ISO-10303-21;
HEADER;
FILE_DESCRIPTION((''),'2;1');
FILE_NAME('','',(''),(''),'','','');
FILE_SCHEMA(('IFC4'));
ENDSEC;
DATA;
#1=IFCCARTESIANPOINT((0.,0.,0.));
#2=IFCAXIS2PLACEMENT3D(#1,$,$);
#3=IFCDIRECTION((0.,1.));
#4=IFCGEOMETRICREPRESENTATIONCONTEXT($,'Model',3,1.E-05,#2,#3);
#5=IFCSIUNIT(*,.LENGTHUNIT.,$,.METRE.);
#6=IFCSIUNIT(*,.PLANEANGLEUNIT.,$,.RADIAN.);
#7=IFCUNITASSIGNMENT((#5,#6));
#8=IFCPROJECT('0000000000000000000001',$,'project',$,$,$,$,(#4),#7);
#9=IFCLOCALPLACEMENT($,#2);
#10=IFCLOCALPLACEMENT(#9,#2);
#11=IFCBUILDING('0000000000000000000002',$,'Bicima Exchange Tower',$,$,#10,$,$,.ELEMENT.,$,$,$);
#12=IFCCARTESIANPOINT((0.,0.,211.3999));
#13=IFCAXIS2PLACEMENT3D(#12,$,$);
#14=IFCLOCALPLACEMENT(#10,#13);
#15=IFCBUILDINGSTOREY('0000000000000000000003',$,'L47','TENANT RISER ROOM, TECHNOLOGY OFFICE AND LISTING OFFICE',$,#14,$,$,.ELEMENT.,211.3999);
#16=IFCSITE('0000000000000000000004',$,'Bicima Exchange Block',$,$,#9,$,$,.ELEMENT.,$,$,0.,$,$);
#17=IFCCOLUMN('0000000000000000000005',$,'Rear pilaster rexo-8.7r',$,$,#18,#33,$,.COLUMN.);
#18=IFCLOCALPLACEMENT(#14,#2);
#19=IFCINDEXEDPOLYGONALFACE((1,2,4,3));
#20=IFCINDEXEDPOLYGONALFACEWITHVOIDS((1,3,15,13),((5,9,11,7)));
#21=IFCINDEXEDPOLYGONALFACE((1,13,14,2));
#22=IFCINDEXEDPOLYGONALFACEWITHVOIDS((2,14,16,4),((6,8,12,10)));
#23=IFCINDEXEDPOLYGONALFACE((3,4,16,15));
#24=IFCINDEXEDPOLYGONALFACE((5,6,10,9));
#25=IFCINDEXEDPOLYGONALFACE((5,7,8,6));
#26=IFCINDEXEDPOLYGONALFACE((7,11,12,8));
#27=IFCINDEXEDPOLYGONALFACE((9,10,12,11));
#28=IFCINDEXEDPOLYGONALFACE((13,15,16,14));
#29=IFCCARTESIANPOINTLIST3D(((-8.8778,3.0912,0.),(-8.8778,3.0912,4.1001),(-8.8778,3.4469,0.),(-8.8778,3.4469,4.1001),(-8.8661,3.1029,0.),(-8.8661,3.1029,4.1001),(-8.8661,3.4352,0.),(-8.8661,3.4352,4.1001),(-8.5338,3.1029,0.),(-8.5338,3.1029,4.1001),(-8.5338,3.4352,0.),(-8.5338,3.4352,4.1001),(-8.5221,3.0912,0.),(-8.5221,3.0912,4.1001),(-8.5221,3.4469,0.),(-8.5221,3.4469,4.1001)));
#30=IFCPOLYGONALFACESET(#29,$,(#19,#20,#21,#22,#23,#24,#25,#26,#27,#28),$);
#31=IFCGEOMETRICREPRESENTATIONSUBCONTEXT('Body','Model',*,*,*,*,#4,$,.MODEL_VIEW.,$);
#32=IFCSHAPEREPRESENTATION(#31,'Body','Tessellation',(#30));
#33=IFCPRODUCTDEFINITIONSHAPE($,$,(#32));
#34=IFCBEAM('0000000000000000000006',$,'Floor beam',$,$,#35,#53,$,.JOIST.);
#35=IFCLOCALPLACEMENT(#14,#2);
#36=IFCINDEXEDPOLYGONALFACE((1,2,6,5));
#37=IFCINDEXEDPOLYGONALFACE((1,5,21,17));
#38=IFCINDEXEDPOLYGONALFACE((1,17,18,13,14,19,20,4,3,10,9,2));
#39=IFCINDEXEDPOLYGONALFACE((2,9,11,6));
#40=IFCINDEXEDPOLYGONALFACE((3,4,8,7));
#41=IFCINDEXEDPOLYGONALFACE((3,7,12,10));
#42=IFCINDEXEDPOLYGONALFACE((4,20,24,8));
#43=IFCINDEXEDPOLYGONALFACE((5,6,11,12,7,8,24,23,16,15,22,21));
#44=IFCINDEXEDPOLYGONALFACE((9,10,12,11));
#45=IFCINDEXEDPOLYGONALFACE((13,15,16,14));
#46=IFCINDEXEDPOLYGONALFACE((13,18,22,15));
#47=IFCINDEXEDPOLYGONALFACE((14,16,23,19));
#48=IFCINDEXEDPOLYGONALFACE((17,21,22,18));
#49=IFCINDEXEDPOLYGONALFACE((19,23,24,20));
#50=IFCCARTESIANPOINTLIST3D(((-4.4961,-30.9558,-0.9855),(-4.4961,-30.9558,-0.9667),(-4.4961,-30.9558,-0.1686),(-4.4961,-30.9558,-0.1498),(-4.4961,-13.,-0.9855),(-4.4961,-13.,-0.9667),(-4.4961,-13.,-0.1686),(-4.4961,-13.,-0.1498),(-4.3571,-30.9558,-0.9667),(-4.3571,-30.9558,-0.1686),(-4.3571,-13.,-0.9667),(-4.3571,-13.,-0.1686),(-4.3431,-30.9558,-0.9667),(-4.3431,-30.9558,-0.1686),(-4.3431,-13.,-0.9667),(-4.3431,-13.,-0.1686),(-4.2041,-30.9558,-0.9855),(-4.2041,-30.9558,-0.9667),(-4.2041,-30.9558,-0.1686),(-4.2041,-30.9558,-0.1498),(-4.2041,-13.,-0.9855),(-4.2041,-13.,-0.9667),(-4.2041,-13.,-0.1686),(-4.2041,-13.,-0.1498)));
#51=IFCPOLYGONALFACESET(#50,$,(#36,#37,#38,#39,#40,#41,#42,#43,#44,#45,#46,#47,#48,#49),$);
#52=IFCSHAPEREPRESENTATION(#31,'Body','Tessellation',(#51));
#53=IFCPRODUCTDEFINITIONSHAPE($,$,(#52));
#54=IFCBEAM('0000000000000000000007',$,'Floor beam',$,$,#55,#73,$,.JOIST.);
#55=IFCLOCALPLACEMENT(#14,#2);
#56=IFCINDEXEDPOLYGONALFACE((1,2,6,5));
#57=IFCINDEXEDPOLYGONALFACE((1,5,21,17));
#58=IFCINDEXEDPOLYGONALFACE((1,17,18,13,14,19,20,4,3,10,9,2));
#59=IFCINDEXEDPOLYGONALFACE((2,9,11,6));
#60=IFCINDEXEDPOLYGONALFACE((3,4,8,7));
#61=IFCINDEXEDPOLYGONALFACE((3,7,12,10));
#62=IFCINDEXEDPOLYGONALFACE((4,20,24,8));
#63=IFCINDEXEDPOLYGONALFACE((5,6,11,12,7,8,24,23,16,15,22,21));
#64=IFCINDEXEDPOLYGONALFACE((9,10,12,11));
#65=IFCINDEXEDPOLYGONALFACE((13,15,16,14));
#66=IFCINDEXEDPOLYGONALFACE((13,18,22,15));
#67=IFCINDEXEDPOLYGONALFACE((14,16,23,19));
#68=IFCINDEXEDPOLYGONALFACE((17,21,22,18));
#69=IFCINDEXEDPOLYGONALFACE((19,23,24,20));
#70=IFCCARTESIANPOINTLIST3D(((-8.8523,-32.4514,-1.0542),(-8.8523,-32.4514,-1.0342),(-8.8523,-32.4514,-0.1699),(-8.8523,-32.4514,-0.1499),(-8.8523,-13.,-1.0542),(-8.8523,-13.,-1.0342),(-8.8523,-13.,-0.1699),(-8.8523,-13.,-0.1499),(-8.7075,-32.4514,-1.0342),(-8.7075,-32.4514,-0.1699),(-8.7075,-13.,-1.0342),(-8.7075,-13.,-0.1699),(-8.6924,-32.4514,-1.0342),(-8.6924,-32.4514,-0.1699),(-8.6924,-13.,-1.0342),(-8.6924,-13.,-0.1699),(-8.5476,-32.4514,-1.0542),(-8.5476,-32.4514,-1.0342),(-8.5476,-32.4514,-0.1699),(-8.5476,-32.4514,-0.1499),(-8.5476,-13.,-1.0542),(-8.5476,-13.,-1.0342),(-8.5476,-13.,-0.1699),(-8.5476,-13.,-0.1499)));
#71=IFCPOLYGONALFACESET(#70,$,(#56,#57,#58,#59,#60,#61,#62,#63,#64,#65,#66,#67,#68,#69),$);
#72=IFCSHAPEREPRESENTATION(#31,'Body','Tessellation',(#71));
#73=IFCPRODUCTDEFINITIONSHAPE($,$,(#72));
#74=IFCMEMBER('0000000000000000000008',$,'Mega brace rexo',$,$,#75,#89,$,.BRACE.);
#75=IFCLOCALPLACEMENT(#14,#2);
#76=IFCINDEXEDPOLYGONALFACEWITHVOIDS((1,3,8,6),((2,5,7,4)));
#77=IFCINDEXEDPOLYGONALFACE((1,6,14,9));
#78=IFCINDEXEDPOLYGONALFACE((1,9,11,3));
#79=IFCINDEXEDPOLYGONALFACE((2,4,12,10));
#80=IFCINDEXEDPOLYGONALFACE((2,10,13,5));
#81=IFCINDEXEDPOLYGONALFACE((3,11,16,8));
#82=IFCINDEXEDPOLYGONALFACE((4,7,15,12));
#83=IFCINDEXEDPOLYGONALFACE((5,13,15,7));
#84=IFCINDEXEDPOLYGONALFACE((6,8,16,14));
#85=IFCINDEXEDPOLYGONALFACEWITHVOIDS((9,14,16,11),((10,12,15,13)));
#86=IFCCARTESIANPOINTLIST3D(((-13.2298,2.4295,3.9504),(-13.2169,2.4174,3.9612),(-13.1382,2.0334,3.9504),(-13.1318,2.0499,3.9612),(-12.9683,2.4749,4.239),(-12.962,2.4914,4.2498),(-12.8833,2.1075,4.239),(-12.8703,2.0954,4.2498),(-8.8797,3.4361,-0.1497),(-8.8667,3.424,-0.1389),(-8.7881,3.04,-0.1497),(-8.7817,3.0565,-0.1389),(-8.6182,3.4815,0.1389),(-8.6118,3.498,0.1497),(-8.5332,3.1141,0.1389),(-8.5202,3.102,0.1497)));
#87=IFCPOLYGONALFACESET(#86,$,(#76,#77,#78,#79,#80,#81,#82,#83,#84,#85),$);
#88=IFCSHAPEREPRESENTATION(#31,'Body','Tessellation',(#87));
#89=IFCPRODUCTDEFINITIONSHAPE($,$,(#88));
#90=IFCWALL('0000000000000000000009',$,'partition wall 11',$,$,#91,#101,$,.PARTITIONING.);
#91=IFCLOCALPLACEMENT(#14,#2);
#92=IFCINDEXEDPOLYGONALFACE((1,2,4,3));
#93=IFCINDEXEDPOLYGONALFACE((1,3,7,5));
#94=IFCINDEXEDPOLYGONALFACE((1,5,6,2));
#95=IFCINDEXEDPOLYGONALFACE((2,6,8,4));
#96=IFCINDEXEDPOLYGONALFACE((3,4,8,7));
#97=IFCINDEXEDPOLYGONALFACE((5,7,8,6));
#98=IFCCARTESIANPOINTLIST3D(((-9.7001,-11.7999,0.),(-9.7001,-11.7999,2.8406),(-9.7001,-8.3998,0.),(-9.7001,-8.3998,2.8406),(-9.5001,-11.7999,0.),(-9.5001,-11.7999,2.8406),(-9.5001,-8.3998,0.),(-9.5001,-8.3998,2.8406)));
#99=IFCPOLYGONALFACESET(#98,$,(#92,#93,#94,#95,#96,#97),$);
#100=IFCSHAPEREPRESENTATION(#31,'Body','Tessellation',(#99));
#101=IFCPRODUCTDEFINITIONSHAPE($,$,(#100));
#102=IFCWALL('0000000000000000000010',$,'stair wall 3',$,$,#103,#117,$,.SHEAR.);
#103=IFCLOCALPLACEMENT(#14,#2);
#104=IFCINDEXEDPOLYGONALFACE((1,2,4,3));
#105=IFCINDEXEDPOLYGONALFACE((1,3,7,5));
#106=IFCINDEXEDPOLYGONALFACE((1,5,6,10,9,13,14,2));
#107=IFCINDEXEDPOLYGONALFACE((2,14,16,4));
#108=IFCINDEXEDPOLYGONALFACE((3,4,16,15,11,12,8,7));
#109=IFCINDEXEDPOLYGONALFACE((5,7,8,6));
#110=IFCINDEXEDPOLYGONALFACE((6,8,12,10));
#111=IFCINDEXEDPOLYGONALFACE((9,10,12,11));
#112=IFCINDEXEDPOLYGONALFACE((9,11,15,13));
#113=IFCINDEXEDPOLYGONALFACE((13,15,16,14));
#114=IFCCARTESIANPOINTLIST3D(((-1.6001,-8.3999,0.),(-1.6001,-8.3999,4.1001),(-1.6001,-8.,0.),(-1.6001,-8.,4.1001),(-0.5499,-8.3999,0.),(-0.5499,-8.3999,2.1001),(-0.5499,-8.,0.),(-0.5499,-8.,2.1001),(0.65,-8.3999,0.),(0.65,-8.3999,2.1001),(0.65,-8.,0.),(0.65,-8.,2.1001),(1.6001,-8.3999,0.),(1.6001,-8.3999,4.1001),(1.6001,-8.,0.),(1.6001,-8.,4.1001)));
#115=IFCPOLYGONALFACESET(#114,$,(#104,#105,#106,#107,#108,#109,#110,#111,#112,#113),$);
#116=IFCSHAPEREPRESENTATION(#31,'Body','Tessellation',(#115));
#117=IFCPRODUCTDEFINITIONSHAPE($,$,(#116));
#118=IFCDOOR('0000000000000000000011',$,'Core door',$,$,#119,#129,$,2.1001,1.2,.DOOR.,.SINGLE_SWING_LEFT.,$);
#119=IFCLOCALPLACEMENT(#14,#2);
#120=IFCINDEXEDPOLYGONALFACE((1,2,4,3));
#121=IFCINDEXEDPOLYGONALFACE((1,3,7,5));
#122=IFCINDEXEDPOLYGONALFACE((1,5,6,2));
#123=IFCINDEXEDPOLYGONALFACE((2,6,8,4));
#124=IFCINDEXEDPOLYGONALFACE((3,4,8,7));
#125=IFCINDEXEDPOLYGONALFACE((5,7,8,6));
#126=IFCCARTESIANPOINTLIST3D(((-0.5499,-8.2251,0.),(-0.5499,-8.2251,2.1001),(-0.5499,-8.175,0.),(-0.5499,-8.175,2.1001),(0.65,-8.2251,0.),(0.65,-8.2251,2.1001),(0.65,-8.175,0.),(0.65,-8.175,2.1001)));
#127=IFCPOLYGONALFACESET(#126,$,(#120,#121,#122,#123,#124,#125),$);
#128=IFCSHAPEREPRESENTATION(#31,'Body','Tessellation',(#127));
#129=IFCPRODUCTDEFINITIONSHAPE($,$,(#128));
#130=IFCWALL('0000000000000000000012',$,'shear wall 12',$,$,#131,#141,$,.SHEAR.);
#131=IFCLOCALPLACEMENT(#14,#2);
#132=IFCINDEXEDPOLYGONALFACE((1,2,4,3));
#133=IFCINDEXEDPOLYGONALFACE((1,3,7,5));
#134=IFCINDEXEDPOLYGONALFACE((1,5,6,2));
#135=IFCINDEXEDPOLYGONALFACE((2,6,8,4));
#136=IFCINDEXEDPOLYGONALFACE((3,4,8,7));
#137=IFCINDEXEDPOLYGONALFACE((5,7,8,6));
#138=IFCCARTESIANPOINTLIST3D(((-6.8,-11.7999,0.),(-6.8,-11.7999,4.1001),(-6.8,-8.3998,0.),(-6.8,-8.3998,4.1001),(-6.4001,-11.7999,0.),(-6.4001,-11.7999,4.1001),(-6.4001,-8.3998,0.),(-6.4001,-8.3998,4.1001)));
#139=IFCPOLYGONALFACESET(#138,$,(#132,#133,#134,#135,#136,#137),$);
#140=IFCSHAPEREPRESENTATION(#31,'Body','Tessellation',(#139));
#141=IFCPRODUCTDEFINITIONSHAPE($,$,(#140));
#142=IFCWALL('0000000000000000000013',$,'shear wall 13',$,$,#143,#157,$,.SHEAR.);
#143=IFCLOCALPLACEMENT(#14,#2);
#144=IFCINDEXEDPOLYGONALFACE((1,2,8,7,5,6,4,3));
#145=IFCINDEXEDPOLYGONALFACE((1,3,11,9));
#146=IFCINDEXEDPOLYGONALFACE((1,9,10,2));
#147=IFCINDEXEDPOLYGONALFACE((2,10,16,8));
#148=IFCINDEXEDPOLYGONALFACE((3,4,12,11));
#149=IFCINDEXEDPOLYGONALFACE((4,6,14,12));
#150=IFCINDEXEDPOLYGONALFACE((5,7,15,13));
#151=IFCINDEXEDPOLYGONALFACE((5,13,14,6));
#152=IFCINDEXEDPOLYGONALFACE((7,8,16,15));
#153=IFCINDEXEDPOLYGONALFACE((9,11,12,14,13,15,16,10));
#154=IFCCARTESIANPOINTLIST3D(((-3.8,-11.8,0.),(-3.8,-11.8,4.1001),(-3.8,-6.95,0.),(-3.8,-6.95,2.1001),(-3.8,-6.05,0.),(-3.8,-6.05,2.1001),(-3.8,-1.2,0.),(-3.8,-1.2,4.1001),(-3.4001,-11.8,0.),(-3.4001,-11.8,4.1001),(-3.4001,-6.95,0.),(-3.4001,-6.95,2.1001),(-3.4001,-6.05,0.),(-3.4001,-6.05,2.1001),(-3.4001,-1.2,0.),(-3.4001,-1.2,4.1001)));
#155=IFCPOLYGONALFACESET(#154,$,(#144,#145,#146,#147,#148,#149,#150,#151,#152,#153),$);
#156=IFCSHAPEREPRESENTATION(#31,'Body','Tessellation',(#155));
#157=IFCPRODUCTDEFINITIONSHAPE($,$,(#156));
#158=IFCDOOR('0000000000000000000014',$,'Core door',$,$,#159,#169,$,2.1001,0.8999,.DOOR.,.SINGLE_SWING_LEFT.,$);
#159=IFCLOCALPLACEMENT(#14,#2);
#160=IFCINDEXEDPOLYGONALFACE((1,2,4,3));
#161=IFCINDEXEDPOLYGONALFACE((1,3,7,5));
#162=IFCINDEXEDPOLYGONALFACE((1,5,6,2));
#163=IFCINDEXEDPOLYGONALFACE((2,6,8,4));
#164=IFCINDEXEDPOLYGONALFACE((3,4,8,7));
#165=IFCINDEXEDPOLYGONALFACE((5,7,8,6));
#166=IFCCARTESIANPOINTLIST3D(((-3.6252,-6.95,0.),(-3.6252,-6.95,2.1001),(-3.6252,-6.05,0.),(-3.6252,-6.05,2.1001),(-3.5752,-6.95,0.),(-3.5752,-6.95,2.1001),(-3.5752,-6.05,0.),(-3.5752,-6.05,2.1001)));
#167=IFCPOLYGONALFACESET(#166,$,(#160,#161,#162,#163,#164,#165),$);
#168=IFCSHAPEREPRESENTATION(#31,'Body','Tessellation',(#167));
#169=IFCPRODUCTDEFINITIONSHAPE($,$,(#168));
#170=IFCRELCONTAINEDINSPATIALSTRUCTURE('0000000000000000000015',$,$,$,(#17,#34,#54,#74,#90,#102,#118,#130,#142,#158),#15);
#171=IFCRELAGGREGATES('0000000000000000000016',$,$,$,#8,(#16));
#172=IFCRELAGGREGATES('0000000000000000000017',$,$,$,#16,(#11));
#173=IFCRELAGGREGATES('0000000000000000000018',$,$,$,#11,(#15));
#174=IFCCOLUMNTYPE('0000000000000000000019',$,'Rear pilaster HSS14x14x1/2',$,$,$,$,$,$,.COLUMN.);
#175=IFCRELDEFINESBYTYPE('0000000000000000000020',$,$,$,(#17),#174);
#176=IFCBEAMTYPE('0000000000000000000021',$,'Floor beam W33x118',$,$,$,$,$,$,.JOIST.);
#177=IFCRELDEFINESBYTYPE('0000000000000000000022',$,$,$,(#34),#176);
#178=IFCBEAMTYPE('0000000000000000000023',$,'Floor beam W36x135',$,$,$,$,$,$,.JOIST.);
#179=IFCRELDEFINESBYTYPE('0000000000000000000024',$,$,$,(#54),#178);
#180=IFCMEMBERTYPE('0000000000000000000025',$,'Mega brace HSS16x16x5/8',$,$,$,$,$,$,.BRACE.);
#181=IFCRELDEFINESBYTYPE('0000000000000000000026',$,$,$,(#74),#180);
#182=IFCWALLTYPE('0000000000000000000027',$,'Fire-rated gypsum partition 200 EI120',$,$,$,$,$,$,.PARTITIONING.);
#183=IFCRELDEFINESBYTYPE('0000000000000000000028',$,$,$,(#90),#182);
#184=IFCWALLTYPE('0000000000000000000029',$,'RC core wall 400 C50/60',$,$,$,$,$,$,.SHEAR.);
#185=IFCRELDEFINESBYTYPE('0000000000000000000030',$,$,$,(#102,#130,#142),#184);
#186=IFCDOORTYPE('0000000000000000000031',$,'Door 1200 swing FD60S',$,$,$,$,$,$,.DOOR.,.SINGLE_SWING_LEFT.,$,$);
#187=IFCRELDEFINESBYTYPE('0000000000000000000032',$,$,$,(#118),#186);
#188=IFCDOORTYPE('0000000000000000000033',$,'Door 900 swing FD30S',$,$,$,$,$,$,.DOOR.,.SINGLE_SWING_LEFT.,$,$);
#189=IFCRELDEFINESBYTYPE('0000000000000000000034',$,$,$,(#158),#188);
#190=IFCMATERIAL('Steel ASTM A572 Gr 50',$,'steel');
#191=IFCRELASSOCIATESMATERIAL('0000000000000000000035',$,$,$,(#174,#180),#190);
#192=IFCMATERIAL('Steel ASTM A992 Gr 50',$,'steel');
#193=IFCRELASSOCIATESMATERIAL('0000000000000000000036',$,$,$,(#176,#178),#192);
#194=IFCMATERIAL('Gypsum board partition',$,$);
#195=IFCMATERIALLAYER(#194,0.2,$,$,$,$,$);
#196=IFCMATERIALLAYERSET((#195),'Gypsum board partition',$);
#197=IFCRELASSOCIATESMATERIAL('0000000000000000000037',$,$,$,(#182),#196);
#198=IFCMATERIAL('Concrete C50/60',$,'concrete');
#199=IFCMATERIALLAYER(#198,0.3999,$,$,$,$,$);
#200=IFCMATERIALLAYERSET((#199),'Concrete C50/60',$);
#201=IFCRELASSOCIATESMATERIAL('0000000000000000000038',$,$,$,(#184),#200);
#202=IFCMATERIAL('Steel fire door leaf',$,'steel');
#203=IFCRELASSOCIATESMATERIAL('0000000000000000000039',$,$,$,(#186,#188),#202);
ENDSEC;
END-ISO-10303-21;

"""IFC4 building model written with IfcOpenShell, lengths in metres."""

from ifc_helpers import new_model, si_unit, direction, frame, frame_2d, origin, origin_2d, place, context, subcontext, project, spatial, rectangle, hollow_rectangle, i_section, extrude, material, layer, layer_set, material_profile, profile_set, type_object, element, fill, save


model = new_model("IFC4")

# Units and contexts
model_context = context("Model", 3, precision=1e-05, world=origin(), true_north=direction((0.0, 1.0)))
body_context = subcontext(model_context, "Body", "Model", "MODEL_VIEW")
ifc_project = project(units=[si_unit("LENGTHUNIT", "METRE"), si_unit("PLANEANGLEUNIT", "RADIAN")], contexts=[model_context])

# Site, building, storey
site_placement = place(None, origin())
site = spatial("IfcSite", under=ifc_project, at=site_placement, Name="Bicima Exchange Block", CompositionType="ELEMENT", RefElevation=0.0)
building_placement = place(site_placement, origin())
building = spatial("IfcBuilding", under=site, at=building_placement, Name="Bicima Exchange Tower", CompositionType="ELEMENT")
storey_placement = place(building_placement, frame((0.0, 0.0, 211.3999)))
storey = spatial("IfcBuildingStorey", under=building, at=storey_placement, Name="L47", Description="TENANT RISER ROOM, TECHNOLOGY OFFICE AND LISTING OFFICE", CompositionType="ELEMENT", Elevation=211.3999)

# Column
ifc_material_1 = material(Name="Steel ASTM A572 Gr 50", Category="steel")
ifc_material_profile_1 = material_profile(ifc_material_1, hollow_rectangle(XDim=0.3557, YDim=0.3557, WallThickness=0.0117, at=origin_2d()))
ifc_profile_set_1 = profile_set([ifc_material_profile_1], Name="Steel ASTM A572 Gr 50")
column_type = type_object("IfcColumnType", Name="Rear pilaster HSS14x14x1/2", PredefinedType="COLUMN", material=ifc_profile_set_1)
column_placement = place(storey_placement, frame((-8.7, 3.269, 0.0), z_axis=(0.0, 0.0, 1.0), x_axis=(1.0, 0.0, 0.0)))
element("IfcColumn", 1, at=column_placement, inside=storey, type_object=column_type, Name="Rear pilaster rexo-8.7r", PredefinedType="COLUMN", context=body_context, shape_type="SweptSolid", body=[
    extrude(hollow_rectangle(XDim=0.3557, YDim=0.3557, WallThickness=0.0117, at=origin_2d()), origin(), (0.0, 0.0, 1.0), 4.1001),
])

# Beams
ifc_material_2 = material(Name="Steel ASTM A992 Gr 50", Category="steel")
ifc_material_profile_2 = material_profile(ifc_material_2, i_section(OverallWidth=0.292, OverallDepth=0.8357, WebThickness=0.0139, FlangeThickness=0.0188, at=origin_2d()))
ifc_profile_set_2 = profile_set([ifc_material_profile_2], Name="Steel ASTM A992 Gr 50")
beam_type_1 = type_object("IfcBeamType", Name="Floor beam W33x118", PredefinedType="JOIST", material=ifc_profile_set_2)
beam_1_placement = place(storey_placement, frame((-4.3501, -13.0, -0.5676), z_axis=(0.0, -1.0, 0.0), x_axis=(1.0, 0.0, 0.0)))
element("IfcBeam", 2, at=beam_1_placement, inside=storey, type_object=beam_type_1, Name="Floor beam", PredefinedType="JOIST", context=body_context, shape_type="SweptSolid", body=[
    extrude(i_section(OverallWidth=0.292, OverallDepth=0.8357, WebThickness=0.0139, FlangeThickness=0.0188, at=origin_2d()), origin(), (0.0, 0.0, 1.0), 17.9558),
])
ifc_material_profile_3 = material_profile(ifc_material_2, i_section(OverallWidth=0.3047, OverallDepth=0.9043, WebThickness=0.0151, FlangeThickness=0.02, at=origin_2d()))
ifc_profile_set_3 = profile_set([ifc_material_profile_3], Name="Steel ASTM A992 Gr 50")
beam_type_2 = type_object("IfcBeamType", Name="Floor beam W36x135", PredefinedType="JOIST", material=ifc_profile_set_3)
beam_2_placement = place(storey_placement, frame((-8.7, -13.0, -0.6021), z_axis=(0.0, -1.0, 0.0), x_axis=(1.0, 0.0, 0.0)))
element("IfcBeam", 3, at=beam_2_placement, inside=storey, type_object=beam_type_2, Name="Floor beam", PredefinedType="JOIST", context=body_context, shape_type="SweptSolid", body=[
    extrude(i_section(OverallWidth=0.3047, OverallDepth=0.9043, WebThickness=0.0151, FlangeThickness=0.02, at=origin_2d()), origin(), (0.0, 0.0, 1.0), 19.4514),
])

# Member
ifc_material_profile_4 = material_profile(ifc_material_1, hollow_rectangle(XDim=0.4065, YDim=0.4065, WallThickness=0.0146, at=origin_2d()))
ifc_profile_set_4 = profile_set([ifc_material_profile_4], Name="Steel ASTM A572 Gr 50")
member_type = type_object("IfcMemberType", Name="Mega brace HSS16x16x5/8", PredefinedType="BRACE", material=ifc_profile_set_4)
member_placement = place(storey_placement, frame((-8.7, 3.269, 0.0), z_axis=(-0.717606, -0.166051, 0.676365), x_axis=(0.225439, -0.974257, 0.0)))
element("IfcMember", 4, at=member_placement, inside=storey, type_object=member_type, Name="Mega brace rexo", PredefinedType="BRACE", context=body_context, shape_type="SweptSolid", body=[
    extrude(hollow_rectangle(XDim=0.4065, YDim=0.4065, WallThickness=0.0146, at=origin_2d()), origin(), (0.0, 0.0, 1.0), 6.062),
])

# Wall
ifc_material_3 = material(Name="Gypsum board partition")
ifc_layer_1 = layer(ifc_material_3, 0.2)
ifc_layer_set_1 = layer_set([ifc_layer_1], Name="Gypsum board partition")
wall_type_1 = type_object("IfcWallType", Name="Fire-rated gypsum partition 200 EI120", PredefinedType="PARTITIONING", material=ifc_layer_set_1)
wall_1_placement = place(storey_placement, frame((-9.6001, -11.8, 0.0), z_axis=(0.0, 0.0, 1.0), x_axis=(0.0, 1.0, 0.0)))
element("IfcWall", 5, at=wall_1_placement, inside=storey, type_object=wall_type_1, Name="partition wall 11", PredefinedType="PARTITIONING", context=body_context, shape_type="SweptSolid", body=[
    extrude(rectangle(XDim=3.4001, YDim=0.2, at=frame_2d((1.7002, 0.0))), origin(), (0.0, 0.0, 1.0), 2.8406),
])

# Wall, opening, door
ifc_material_4 = material(Name="Concrete C50/60", Category="concrete")
ifc_layer_2 = layer(ifc_material_4, 0.3999)
ifc_layer_set_2 = layer_set([ifc_layer_2], Name="Concrete C50/60")
wall_type_2 = type_object("IfcWallType", Name="RC core wall 400 C50/60", PredefinedType="SHEAR", material=ifc_layer_set_2)
wall_2_placement = place(storey_placement, frame((-1.6001, -8.2, 0.0), z_axis=(0.0, 0.0, 1.0), x_axis=(1.0, 0.0, 0.0)))
wall_2 = element("IfcWall", 6, at=wall_2_placement, inside=storey, type_object=wall_type_2, Name="stair wall 3", PredefinedType="SHEAR", context=body_context, shape_type="SweptSolid", body=[
    extrude(rectangle(XDim=3.2002, YDim=0.3999, at=frame_2d((1.6001, 0.0))), origin(), (0.0, 0.0, 1.0), 4.1001),
])
opening_1_placement = place(wall_2_placement, frame((1.05, 0.0, 0.0)))
opening_1 = element("IfcOpeningElement", 7, at=opening_1_placement, cuts=wall_2, PredefinedType="OPENING", context=body_context, shape_type="SweptSolid", body=[
    extrude(rectangle(XDim=1.2, YDim=2.1001, at=frame_2d((0.6001, 1.05))), frame((0.0, 0.2119, 0.0), z_axis=(0.0, -1.0, 0.0), x_axis=(1.0, 0.0, 0.0)), (0.0, 0.0, 1.0), 0.4238),
])
ifc_material_5 = material(Name="Steel fire door leaf", Category="steel")
door_type_1 = type_object("IfcDoorType", Name="Door 1200 swing FD60S", OperationType="SINGLE_SWING_LEFT", PredefinedType="DOOR", material=ifc_material_5)
door_1_placement = place(opening_1_placement, origin())
door_1 = element("IfcDoor", 8, at=door_1_placement, inside=storey, type_object=door_type_1, Name="Core door", OperationType="SINGLE_SWING_LEFT", OverallHeight=2.1001, OverallWidth=1.2, PredefinedType="DOOR", context=body_context, shape_type="SweptSolid", body=[
    extrude(rectangle(XDim=1.2, YDim=2.1001, at=frame_2d((0.6001, 1.05))), frame((0.0, 0.0249, 0.0), z_axis=(0.0, -1.0, 0.0), x_axis=(1.0, 0.0, 0.0)), (0.0, 0.0, 1.0), 0.05),
])
fill(opening_1, door_1)

# Wall
wall_3_placement = place(storey_placement, frame((-6.6001, -11.8, 0.0), z_axis=(0.0, 0.0, 1.0), x_axis=(0.0, 1.0, 0.0)))
element("IfcWall", 9, at=wall_3_placement, inside=storey, type_object=wall_type_2, Name="shear wall 12", PredefinedType="SHEAR", context=body_context, shape_type="SweptSolid", body=[
    extrude(rectangle(XDim=3.4001, YDim=0.3999, at=frame_2d((1.7002, 0.0))), origin(), (0.0, 0.0, 1.0), 4.1001),
])

# Wall, opening, door
wall_4_placement = place(storey_placement, frame((-3.6001, -11.8, 0.0), z_axis=(0.0, 0.0, 1.0), x_axis=(0.0, 1.0, 0.0)))
wall_4 = element("IfcWall", 10, at=wall_4_placement, inside=storey, type_object=wall_type_2, Name="shear wall 13", PredefinedType="SHEAR", context=body_context, shape_type="SweptSolid", body=[
    extrude(rectangle(XDim=10.6001, YDim=0.3999, at=frame_2d((5.3, 0.0))), origin(), (0.0, 0.0, 1.0), 4.1001),
])
opening_2_placement = place(wall_4_placement, frame((4.8501, 0.0, 0.0)))
opening_2 = element("IfcOpeningElement", 11, at=opening_2_placement, cuts=wall_4, PredefinedType="OPENING", context=body_context, shape_type="SweptSolid", body=[
    extrude(rectangle(XDim=0.8999, YDim=2.1001, at=frame_2d((0.45, 1.05))), frame((0.0, 0.2119, 0.0), z_axis=(0.0, -1.0, 0.0), x_axis=(1.0, 0.0, 0.0)), (0.0, 0.0, 1.0), 0.4238),
])
door_type_2 = type_object("IfcDoorType", Name="Door 900 swing FD30S", OperationType="SINGLE_SWING_LEFT", PredefinedType="DOOR", material=ifc_material_5)
door_2_placement = place(opening_2_placement, frame((0.8999, 0.0, 0.0), z_axis=(0.0, 0.0, 1.0), x_axis=(-1.0, 0.0, 0.0)))
door_2 = element("IfcDoor", 12, at=door_2_placement, inside=storey, type_object=door_type_2, Name="Core door", OperationType="SINGLE_SWING_LEFT", OverallHeight=2.1001, OverallWidth=0.8999, PredefinedType="DOOR", context=body_context, shape_type="SweptSolid", body=[
    extrude(rectangle(XDim=0.8999, YDim=2.1001, at=frame_2d((0.45, 1.05))), frame((0.0, 0.0249, 0.0), z_axis=(0.0, -1.0, 0.0), x_axis=(1.0, 0.0, 0.0)), (0.0, 0.0, 1.0), 0.05),
])
fill(opening_2, door_2)

save(model, "model.ifc")
